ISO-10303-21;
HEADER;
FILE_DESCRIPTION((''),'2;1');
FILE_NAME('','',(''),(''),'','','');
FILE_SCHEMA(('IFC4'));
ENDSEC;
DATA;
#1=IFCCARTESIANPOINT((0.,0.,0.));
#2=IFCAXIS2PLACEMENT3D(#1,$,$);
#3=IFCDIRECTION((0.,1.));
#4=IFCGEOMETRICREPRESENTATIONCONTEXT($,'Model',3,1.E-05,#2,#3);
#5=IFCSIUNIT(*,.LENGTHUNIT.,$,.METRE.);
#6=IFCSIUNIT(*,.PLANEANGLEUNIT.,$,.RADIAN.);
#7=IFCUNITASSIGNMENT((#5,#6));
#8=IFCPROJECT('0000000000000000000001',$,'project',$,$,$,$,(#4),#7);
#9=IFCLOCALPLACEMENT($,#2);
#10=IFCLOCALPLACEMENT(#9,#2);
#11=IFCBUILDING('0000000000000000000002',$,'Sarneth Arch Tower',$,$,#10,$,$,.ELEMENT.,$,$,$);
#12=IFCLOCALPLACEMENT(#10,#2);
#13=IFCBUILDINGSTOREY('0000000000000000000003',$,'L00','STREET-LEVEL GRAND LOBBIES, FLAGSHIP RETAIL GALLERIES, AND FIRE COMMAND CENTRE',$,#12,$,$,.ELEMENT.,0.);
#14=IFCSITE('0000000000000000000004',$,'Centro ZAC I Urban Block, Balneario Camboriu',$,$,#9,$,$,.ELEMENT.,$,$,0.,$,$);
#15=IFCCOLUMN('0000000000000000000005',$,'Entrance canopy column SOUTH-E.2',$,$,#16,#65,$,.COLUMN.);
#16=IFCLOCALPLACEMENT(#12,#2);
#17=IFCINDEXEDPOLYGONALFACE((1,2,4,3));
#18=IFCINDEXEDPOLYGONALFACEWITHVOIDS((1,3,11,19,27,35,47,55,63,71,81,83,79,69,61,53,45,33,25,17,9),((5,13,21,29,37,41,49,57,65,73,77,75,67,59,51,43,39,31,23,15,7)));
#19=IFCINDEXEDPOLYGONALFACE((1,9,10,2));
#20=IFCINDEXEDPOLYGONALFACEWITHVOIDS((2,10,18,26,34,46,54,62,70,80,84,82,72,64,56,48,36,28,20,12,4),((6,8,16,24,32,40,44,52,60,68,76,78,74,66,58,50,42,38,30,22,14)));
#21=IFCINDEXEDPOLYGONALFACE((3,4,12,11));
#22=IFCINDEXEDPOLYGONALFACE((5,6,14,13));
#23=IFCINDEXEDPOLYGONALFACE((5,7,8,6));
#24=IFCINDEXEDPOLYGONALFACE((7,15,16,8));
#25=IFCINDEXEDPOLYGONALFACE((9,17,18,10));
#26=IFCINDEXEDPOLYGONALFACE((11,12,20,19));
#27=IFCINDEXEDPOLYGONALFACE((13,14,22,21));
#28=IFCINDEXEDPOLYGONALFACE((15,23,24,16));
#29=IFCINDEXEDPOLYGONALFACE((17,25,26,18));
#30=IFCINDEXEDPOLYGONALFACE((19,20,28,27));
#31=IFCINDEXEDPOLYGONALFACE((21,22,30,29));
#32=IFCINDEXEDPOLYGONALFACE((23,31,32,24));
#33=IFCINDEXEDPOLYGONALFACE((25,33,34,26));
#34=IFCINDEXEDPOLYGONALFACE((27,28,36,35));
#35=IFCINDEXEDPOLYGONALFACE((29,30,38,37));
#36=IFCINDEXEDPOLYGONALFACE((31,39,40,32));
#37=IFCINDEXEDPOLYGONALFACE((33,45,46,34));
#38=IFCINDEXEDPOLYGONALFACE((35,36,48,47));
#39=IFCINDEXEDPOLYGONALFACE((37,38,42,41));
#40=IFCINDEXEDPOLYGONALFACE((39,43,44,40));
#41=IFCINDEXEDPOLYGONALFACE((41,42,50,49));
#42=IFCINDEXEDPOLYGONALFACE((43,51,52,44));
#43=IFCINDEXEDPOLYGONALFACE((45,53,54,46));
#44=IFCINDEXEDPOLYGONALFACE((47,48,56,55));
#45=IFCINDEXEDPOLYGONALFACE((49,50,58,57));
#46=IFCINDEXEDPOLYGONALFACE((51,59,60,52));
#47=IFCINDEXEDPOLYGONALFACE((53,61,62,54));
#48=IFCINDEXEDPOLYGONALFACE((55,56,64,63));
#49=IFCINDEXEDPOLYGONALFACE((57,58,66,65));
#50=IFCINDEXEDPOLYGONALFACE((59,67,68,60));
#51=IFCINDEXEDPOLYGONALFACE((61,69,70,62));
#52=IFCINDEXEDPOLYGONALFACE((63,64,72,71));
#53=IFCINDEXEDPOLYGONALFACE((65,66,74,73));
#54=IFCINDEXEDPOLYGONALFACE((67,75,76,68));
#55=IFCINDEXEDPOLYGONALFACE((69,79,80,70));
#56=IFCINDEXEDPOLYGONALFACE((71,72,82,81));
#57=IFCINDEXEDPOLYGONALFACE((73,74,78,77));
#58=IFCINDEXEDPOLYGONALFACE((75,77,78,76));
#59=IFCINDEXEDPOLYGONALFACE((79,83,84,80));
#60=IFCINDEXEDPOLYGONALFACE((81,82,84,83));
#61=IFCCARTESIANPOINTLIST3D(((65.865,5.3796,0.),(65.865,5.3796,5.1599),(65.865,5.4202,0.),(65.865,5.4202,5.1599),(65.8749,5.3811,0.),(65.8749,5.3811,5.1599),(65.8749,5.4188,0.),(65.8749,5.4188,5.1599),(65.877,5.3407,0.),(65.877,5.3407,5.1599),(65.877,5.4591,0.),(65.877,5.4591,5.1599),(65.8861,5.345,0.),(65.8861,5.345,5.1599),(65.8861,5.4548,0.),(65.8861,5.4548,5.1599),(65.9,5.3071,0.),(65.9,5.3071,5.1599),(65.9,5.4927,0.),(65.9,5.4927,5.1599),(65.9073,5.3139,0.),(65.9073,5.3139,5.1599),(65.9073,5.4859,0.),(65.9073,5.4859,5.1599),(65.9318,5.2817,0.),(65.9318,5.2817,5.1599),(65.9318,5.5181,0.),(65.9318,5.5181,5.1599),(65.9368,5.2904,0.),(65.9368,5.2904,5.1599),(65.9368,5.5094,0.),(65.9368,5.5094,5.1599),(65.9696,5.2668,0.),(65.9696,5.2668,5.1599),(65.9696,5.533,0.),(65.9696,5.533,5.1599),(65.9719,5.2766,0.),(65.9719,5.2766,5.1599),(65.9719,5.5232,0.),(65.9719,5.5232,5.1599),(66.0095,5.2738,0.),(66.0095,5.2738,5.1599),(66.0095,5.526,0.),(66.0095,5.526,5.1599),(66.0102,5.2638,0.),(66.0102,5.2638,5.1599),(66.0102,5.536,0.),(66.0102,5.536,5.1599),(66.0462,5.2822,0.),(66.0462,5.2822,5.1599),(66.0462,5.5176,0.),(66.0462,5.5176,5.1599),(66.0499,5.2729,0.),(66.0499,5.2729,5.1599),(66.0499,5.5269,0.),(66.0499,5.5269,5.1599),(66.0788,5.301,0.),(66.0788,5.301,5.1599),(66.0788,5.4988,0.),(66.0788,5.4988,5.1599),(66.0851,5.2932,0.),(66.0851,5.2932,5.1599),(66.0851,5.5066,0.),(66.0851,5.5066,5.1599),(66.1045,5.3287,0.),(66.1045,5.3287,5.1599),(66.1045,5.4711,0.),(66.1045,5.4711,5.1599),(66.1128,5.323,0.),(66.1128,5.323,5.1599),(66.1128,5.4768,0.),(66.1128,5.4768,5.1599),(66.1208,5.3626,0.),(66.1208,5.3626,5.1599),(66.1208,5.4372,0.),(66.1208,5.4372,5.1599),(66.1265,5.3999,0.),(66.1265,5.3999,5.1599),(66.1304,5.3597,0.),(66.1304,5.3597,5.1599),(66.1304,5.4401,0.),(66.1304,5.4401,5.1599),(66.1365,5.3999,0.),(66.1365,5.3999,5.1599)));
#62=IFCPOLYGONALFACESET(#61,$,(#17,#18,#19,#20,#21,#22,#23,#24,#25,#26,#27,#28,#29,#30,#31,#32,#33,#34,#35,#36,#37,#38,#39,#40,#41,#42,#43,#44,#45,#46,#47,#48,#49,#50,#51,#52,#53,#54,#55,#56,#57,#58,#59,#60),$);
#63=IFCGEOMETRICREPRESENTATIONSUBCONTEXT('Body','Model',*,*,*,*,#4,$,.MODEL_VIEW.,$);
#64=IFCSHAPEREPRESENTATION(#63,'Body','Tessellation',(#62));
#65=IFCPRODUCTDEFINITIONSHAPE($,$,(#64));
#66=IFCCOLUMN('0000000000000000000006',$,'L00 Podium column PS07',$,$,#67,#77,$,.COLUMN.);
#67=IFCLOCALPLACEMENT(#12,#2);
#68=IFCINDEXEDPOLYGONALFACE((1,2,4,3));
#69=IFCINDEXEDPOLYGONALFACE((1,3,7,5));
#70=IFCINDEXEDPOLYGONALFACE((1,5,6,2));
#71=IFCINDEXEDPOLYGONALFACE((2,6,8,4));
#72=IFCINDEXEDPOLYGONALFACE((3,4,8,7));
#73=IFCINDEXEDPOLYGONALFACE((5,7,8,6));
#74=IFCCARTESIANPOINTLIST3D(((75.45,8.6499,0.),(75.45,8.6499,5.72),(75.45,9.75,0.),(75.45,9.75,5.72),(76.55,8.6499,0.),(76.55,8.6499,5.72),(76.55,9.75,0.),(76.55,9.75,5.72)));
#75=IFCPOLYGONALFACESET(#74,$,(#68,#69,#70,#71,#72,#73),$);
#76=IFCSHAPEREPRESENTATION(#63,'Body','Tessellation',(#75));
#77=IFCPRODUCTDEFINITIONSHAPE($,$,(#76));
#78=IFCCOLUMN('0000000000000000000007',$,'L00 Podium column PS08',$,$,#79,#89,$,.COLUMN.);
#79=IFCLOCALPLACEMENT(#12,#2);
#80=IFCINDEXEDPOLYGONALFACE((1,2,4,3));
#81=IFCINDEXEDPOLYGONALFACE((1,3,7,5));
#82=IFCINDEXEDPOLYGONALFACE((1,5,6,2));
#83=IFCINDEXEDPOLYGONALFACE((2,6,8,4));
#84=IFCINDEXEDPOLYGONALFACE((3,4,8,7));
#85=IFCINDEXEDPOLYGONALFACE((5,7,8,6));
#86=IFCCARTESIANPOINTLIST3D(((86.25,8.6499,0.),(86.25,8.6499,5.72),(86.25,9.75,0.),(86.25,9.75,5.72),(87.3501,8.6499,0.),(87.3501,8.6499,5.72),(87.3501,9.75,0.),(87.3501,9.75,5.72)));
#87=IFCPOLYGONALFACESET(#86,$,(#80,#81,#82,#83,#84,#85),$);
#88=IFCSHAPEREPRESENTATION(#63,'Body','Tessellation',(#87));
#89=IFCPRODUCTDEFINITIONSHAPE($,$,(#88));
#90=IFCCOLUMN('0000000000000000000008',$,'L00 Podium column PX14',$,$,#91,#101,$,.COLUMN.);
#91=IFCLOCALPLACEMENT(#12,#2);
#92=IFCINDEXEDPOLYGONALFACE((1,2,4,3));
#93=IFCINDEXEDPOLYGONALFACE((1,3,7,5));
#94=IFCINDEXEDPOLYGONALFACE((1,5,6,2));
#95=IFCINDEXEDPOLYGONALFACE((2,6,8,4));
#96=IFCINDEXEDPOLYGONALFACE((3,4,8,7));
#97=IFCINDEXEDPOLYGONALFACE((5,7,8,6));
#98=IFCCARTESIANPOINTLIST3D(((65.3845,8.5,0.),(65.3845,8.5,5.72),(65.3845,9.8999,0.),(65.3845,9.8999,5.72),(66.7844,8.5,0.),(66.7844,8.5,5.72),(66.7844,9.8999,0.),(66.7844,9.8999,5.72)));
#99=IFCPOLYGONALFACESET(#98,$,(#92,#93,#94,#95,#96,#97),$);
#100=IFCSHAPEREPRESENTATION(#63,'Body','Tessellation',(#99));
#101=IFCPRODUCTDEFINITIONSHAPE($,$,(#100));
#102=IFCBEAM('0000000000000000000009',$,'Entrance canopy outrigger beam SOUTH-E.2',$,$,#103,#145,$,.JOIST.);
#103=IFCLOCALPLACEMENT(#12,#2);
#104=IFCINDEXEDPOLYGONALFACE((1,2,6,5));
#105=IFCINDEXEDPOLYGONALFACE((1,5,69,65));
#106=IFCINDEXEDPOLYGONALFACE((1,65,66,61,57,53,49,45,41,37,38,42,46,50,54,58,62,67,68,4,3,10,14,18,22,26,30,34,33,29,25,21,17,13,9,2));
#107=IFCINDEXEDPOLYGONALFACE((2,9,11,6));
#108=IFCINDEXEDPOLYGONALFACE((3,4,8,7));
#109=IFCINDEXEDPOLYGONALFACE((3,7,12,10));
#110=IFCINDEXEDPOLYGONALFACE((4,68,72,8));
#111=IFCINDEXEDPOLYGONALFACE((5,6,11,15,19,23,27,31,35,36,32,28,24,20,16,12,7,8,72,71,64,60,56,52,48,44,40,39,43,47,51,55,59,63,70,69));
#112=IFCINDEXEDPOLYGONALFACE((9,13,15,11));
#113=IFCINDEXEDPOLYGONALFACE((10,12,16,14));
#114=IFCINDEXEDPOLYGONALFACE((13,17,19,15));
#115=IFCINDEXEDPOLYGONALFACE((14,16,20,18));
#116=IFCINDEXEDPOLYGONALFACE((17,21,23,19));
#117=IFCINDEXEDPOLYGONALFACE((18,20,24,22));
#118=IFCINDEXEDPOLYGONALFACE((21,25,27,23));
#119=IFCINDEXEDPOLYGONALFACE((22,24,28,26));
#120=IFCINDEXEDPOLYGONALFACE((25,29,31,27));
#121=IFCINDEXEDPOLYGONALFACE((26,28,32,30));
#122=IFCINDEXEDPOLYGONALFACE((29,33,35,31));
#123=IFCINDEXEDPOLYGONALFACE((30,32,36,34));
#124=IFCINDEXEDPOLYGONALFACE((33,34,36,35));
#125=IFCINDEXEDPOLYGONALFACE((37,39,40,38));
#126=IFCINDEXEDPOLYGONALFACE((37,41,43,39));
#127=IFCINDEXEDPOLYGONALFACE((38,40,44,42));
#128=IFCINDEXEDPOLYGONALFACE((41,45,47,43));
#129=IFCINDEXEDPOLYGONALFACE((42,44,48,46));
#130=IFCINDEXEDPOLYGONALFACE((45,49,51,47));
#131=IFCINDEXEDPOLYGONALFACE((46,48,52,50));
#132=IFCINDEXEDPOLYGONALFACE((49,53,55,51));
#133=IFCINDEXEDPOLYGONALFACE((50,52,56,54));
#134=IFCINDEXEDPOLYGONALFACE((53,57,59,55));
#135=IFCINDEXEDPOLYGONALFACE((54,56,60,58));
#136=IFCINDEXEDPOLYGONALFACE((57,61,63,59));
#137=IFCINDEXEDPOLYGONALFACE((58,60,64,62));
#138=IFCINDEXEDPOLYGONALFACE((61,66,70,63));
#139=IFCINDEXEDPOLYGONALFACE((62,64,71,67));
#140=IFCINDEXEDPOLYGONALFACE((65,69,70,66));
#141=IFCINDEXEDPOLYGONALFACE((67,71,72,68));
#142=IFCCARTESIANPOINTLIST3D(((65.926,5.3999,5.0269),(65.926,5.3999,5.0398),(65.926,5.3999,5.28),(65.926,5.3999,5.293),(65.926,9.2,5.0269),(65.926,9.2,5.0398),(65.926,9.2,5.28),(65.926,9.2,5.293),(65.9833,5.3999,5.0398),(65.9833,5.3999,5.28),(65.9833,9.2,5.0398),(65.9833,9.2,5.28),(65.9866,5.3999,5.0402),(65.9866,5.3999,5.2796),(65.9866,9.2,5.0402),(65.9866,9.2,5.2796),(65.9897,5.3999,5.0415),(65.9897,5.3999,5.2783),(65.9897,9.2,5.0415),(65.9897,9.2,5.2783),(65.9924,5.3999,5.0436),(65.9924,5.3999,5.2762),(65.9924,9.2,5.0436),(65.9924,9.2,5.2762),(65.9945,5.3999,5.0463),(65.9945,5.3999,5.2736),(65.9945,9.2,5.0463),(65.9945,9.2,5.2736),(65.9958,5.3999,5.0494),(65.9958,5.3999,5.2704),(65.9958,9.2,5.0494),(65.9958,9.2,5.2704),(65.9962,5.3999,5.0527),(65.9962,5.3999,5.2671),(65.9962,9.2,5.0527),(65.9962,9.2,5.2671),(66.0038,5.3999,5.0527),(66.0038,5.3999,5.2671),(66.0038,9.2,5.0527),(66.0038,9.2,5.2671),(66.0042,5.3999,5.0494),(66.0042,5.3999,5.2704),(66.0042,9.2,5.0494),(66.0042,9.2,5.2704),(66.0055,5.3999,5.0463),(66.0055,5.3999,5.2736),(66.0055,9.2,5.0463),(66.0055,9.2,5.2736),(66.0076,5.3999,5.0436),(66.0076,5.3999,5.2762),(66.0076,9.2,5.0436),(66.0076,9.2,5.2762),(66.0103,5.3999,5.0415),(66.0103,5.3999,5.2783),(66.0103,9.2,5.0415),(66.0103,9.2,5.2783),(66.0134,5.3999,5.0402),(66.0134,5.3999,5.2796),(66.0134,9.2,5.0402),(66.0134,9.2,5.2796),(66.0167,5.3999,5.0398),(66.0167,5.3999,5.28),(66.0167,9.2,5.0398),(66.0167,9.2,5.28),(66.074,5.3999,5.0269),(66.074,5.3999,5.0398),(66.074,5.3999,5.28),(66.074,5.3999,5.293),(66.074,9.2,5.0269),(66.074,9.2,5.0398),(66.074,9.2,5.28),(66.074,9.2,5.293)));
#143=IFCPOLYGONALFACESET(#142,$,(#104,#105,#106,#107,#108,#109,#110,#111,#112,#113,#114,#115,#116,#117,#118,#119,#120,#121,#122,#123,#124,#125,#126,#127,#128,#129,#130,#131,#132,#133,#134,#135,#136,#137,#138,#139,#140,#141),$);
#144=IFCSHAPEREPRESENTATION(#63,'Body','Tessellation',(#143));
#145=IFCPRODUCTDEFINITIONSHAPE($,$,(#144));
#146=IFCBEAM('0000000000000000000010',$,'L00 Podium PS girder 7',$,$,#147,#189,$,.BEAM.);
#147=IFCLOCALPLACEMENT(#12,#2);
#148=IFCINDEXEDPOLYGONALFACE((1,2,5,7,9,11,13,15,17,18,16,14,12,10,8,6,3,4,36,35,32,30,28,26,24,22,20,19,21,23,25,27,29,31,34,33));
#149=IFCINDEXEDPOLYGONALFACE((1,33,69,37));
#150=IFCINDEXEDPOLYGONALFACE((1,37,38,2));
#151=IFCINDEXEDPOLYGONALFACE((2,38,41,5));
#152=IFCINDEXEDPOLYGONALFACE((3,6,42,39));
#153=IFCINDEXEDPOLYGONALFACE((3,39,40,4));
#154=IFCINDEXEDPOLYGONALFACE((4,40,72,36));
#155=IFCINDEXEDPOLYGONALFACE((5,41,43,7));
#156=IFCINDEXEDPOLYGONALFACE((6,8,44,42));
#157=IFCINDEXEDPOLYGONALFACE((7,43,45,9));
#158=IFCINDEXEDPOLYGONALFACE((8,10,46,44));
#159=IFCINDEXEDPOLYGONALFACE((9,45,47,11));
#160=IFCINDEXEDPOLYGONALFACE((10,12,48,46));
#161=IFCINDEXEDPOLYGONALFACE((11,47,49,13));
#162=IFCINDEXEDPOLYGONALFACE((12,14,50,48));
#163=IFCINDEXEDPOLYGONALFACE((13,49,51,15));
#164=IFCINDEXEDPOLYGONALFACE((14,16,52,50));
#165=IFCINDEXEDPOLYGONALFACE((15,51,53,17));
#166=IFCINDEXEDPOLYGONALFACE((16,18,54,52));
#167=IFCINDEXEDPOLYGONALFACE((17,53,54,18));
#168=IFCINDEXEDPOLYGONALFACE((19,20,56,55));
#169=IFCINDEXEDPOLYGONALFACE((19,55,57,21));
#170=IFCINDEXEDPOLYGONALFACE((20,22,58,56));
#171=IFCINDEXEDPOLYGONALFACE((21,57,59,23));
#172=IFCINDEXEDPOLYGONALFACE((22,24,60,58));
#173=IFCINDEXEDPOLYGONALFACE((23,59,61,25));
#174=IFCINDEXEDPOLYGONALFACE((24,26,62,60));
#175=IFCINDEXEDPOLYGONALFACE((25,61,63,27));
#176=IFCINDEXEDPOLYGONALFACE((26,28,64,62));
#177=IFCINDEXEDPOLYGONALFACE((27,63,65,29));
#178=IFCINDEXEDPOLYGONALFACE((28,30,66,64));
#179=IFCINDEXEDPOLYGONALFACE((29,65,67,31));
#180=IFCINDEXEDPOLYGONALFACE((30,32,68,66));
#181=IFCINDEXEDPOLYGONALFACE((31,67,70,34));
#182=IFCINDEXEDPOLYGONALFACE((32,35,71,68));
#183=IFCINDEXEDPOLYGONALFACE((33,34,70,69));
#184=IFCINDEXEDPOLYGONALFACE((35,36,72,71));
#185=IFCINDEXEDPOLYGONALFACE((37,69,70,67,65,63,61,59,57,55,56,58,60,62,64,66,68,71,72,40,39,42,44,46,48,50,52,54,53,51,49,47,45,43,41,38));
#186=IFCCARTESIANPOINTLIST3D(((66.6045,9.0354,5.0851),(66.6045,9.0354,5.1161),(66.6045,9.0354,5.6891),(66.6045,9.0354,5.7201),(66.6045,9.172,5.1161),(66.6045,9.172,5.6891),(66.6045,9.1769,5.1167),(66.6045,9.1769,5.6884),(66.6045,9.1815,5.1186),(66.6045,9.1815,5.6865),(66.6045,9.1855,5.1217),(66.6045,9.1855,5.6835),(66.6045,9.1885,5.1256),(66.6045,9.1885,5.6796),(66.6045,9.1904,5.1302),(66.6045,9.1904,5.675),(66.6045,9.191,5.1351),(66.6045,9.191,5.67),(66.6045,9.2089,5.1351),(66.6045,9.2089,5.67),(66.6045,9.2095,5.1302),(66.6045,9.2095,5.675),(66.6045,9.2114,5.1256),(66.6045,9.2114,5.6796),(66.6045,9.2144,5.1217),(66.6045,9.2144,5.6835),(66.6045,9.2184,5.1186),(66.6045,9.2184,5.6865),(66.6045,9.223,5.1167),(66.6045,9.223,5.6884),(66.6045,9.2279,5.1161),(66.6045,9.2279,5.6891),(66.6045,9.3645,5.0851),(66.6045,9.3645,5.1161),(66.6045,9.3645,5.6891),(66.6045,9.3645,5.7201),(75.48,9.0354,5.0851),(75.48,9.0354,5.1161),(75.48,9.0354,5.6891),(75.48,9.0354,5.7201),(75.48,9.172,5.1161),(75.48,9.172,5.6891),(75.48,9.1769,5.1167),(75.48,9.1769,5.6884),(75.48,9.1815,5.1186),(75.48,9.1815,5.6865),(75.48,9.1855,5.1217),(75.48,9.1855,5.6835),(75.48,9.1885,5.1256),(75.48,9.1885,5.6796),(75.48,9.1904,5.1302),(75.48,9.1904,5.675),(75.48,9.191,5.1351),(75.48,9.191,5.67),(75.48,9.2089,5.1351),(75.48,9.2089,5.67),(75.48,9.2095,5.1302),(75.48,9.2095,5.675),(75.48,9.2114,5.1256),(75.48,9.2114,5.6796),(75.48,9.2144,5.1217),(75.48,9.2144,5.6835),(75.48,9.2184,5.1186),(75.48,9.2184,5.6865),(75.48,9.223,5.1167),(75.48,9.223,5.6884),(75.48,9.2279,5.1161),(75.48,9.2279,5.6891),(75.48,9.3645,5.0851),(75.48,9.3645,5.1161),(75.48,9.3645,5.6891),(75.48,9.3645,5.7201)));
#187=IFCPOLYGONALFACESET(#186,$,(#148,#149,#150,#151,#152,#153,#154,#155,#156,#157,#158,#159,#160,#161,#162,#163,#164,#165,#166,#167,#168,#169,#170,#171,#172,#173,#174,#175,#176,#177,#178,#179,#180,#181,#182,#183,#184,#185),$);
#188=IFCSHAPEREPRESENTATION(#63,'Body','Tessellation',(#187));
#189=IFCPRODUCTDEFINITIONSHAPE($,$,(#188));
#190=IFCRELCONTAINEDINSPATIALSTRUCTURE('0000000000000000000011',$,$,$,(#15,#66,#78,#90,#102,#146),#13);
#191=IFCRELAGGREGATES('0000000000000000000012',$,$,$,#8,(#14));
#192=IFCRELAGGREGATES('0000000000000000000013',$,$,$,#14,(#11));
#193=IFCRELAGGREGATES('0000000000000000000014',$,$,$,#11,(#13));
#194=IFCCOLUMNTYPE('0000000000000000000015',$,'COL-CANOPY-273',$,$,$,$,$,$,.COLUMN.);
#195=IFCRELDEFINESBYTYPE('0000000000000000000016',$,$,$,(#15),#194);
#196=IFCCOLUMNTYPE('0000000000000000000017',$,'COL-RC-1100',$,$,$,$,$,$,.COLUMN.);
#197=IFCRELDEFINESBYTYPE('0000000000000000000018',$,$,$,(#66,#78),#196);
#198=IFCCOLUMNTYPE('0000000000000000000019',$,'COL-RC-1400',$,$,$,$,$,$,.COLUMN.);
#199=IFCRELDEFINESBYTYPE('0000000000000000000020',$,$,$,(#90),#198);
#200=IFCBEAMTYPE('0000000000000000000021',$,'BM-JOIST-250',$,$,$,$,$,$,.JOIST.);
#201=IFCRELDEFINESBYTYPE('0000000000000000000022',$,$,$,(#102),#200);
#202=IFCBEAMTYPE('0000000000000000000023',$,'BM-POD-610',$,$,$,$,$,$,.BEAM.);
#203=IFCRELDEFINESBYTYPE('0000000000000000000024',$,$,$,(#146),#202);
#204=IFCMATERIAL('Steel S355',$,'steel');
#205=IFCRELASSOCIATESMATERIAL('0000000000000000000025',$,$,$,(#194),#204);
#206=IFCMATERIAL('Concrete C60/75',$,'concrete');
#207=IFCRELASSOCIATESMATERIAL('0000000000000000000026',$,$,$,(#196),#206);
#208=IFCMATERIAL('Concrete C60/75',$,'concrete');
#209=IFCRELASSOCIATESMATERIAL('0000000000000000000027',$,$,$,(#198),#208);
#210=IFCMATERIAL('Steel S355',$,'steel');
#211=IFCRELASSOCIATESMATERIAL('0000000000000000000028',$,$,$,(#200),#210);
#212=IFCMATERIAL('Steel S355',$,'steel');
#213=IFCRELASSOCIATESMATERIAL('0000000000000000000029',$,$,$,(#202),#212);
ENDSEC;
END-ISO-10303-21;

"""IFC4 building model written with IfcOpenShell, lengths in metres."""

from ifc_helpers import new_model, si_unit, direction, frame, origin, origin_2d, place, context, subcontext, project, spatial, rectangle, hollow_circle, i_section, extrude, material, material_profile, profile_set, type_object, element, save


model = new_model("IFC4")

# Units and contexts
model_context = context("Model", 3, precision=1e-05, world=origin(), true_north=direction((0.0, 1.0)))
body_context = subcontext(model_context, "Body", "Model", "MODEL_VIEW")
ifc_project = project(units=[si_unit("LENGTHUNIT", "METRE"), si_unit("PLANEANGLEUNIT", "RADIAN")], contexts=[model_context])

# Site, building, storey
site_placement = place(None, origin())
site = spatial("IfcSite", under=ifc_project, at=site_placement, Name="Centro ZAC I Urban Block, Balneario Camboriu", CompositionType="ELEMENT", RefElevation=0.0)
building_placement = place(site_placement, origin())
building = spatial("IfcBuilding", under=site, at=building_placement, Name="Sarneth Arch Tower", CompositionType="ELEMENT")
storey_placement = place(building_placement, origin())
storey = spatial("IfcBuildingStorey", under=building, at=storey_placement, Name="L00", Description="STREET-LEVEL GRAND LOBBIES, FLAGSHIP RETAIL GALLERIES, AND FIRE COMMAND CENTRE", CompositionType="ELEMENT", Elevation=0.0)

# Columns
ifc_material_1 = material(Name="Steel S355", Category="steel")
ifc_material_profile_1 = material_profile(ifc_material_1, hollow_circle(Radius=0.1365, WallThickness=0.01, at=origin_2d()), Name="CHS273x10")
ifc_profile_set_1 = profile_set([ifc_material_profile_1], Name="Steel S355")
column_type_1 = type_object("IfcColumnType", Name="COL-CANOPY-273", PredefinedType="COLUMN", material=ifc_profile_set_1)
column_1_placement = place(storey_placement, frame((66.0, 5.3999, 0.0), z_axis=(0.0, 0.0, 1.0), x_axis=(1.0, 0.0, 0.0)))
element("IfcColumn", 1, at=column_1_placement, inside=storey, type_object=column_type_1, Name="Entrance canopy column SOUTH-E.2", PredefinedType="COLUMN", context=body_context, shape_type="SweptSolid", body=[
    extrude(hollow_circle(Radius=0.1365, WallThickness=0.01, at=origin_2d()), origin(), (0.0, 0.0, 1.0), 5.1599),
])
ifc_material_2 = material(Name="Concrete C60/75", Category="concrete")
ifc_material_profile_2 = material_profile(ifc_material_2, rectangle(XDim=1.1001, YDim=1.1001, at=origin_2d()), Name="RC-1100x1100")
ifc_profile_set_2 = profile_set([ifc_material_profile_2], Name="Concrete C60/75")
column_type_2 = type_object("IfcColumnType", Name="COL-RC-1100", PredefinedType="COLUMN", material=ifc_profile_set_2)
for number, where, z_axis, x_axis, name in (
    (2, (76.0, 9.2, 0.0), (0.0, 0.0, 1.0), (1.0, 0.0, 0.0), "L00 Podium column PS07"),
    (3, (86.8, 9.2, 0.0), (0.0, 0.0, 1.0), (1.0, 0.0, 0.0), "L00 Podium column PS08"),
):
    element("IfcColumn", number, at=place(storey_placement, frame(where, z_axis=z_axis, x_axis=x_axis)), inside=storey, type_object=column_type_2, Name=name, PredefinedType="COLUMN", context=body_context, shape_type="SweptSolid", body=[
        extrude(rectangle(XDim=1.1001, YDim=1.1001, at=origin_2d()), origin(), (0.0, 0.0, 1.0), 5.72),
    ])
ifc_material_3 = material(Name="Concrete C60/75", Category="concrete")
ifc_material_profile_3 = material_profile(ifc_material_3, rectangle(XDim=1.3999, YDim=1.3999, at=origin_2d()), Name="RC-1400x1400")
ifc_profile_set_3 = profile_set([ifc_material_profile_3], Name="Concrete C60/75")
column_type_3 = type_object("IfcColumnType", Name="COL-RC-1400", PredefinedType="COLUMN", material=ifc_profile_set_3)
column_2_placement = place(storey_placement, frame((66.0845, 9.2, 0.0), z_axis=(0.0, 0.0, 1.0), x_axis=(1.0, 0.0, 0.0)))
element("IfcColumn", 4, at=column_2_placement, inside=storey, type_object=column_type_3, Name="L00 Podium column PX14", PredefinedType="COLUMN", context=body_context, shape_type="SweptSolid", body=[
    extrude(rectangle(XDim=1.3999, YDim=1.3999, at=origin_2d()), origin(), (0.0, 0.0, 1.0), 5.72),
])

# Beams
ifc_material_4 = material(Name="Steel S355", Category="steel")
ifc_material_profile_4 = material_profile(ifc_material_4, i_section(OverallWidth=0.1479, OverallDepth=0.2661, WebThickness=0.0076, FlangeThickness=0.0129, FilletRadius=0.0129, at=origin_2d()), Name="W250x44.8")
ifc_profile_set_4 = profile_set([ifc_material_profile_4], Name="Steel S355")
beam_type_1 = type_object("IfcBeamType", Name="BM-JOIST-250", PredefinedType="JOIST", material=ifc_profile_set_4)
beam_1_placement = place(storey_placement, frame((66.0, 9.2, 5.1599), z_axis=(0.0, -1.0, 0.0), x_axis=(1.0, 0.0, 0.0)))
element("IfcBeam", 5, at=beam_1_placement, inside=storey, type_object=beam_type_1, Name="Entrance canopy outrigger beam SOUTH-E.2", PredefinedType="JOIST", context=body_context, shape_type="SweptSolid", body=[
    extrude(i_section(OverallWidth=0.1479, OverallDepth=0.2661, WebThickness=0.0076, FlangeThickness=0.0129, FilletRadius=0.0129, at=origin_2d()), origin(), (0.0, 0.0, 1.0), 3.8),
])
ifc_material_5 = material(Name="Steel S355", Category="steel")
ifc_material_profile_5 = material_profile(ifc_material_5, i_section(OverallWidth=0.3291, OverallDepth=0.635, WebThickness=0.0178, FlangeThickness=0.031, FilletRadius=0.019, at=origin_2d()), Name="W610x241")
ifc_profile_set_5 = profile_set([ifc_material_profile_5], Name="Steel S355")
beam_type_2 = type_object("IfcBeamType", Name="BM-POD-610", PredefinedType="BEAM", material=ifc_profile_set_5)
beam_2_placement = place(storey_placement, frame((66.6045, 9.2, 5.4026), z_axis=(1.0, 0.0, 0.0), x_axis=(0.0, 1.0, 0.0)))
element("IfcBeam", 6, at=beam_2_placement, inside=storey, type_object=beam_type_2, Name="L00 Podium PS girder 7", PredefinedType="BEAM", context=body_context, shape_type="SweptSolid", body=[
    extrude(i_section(OverallWidth=0.3291, OverallDepth=0.635, WebThickness=0.0178, FlangeThickness=0.031, FilletRadius=0.019, at=origin_2d()), origin(), (0.0, 0.0, 1.0), 8.8755),
])

save(model, "model.ifc")
